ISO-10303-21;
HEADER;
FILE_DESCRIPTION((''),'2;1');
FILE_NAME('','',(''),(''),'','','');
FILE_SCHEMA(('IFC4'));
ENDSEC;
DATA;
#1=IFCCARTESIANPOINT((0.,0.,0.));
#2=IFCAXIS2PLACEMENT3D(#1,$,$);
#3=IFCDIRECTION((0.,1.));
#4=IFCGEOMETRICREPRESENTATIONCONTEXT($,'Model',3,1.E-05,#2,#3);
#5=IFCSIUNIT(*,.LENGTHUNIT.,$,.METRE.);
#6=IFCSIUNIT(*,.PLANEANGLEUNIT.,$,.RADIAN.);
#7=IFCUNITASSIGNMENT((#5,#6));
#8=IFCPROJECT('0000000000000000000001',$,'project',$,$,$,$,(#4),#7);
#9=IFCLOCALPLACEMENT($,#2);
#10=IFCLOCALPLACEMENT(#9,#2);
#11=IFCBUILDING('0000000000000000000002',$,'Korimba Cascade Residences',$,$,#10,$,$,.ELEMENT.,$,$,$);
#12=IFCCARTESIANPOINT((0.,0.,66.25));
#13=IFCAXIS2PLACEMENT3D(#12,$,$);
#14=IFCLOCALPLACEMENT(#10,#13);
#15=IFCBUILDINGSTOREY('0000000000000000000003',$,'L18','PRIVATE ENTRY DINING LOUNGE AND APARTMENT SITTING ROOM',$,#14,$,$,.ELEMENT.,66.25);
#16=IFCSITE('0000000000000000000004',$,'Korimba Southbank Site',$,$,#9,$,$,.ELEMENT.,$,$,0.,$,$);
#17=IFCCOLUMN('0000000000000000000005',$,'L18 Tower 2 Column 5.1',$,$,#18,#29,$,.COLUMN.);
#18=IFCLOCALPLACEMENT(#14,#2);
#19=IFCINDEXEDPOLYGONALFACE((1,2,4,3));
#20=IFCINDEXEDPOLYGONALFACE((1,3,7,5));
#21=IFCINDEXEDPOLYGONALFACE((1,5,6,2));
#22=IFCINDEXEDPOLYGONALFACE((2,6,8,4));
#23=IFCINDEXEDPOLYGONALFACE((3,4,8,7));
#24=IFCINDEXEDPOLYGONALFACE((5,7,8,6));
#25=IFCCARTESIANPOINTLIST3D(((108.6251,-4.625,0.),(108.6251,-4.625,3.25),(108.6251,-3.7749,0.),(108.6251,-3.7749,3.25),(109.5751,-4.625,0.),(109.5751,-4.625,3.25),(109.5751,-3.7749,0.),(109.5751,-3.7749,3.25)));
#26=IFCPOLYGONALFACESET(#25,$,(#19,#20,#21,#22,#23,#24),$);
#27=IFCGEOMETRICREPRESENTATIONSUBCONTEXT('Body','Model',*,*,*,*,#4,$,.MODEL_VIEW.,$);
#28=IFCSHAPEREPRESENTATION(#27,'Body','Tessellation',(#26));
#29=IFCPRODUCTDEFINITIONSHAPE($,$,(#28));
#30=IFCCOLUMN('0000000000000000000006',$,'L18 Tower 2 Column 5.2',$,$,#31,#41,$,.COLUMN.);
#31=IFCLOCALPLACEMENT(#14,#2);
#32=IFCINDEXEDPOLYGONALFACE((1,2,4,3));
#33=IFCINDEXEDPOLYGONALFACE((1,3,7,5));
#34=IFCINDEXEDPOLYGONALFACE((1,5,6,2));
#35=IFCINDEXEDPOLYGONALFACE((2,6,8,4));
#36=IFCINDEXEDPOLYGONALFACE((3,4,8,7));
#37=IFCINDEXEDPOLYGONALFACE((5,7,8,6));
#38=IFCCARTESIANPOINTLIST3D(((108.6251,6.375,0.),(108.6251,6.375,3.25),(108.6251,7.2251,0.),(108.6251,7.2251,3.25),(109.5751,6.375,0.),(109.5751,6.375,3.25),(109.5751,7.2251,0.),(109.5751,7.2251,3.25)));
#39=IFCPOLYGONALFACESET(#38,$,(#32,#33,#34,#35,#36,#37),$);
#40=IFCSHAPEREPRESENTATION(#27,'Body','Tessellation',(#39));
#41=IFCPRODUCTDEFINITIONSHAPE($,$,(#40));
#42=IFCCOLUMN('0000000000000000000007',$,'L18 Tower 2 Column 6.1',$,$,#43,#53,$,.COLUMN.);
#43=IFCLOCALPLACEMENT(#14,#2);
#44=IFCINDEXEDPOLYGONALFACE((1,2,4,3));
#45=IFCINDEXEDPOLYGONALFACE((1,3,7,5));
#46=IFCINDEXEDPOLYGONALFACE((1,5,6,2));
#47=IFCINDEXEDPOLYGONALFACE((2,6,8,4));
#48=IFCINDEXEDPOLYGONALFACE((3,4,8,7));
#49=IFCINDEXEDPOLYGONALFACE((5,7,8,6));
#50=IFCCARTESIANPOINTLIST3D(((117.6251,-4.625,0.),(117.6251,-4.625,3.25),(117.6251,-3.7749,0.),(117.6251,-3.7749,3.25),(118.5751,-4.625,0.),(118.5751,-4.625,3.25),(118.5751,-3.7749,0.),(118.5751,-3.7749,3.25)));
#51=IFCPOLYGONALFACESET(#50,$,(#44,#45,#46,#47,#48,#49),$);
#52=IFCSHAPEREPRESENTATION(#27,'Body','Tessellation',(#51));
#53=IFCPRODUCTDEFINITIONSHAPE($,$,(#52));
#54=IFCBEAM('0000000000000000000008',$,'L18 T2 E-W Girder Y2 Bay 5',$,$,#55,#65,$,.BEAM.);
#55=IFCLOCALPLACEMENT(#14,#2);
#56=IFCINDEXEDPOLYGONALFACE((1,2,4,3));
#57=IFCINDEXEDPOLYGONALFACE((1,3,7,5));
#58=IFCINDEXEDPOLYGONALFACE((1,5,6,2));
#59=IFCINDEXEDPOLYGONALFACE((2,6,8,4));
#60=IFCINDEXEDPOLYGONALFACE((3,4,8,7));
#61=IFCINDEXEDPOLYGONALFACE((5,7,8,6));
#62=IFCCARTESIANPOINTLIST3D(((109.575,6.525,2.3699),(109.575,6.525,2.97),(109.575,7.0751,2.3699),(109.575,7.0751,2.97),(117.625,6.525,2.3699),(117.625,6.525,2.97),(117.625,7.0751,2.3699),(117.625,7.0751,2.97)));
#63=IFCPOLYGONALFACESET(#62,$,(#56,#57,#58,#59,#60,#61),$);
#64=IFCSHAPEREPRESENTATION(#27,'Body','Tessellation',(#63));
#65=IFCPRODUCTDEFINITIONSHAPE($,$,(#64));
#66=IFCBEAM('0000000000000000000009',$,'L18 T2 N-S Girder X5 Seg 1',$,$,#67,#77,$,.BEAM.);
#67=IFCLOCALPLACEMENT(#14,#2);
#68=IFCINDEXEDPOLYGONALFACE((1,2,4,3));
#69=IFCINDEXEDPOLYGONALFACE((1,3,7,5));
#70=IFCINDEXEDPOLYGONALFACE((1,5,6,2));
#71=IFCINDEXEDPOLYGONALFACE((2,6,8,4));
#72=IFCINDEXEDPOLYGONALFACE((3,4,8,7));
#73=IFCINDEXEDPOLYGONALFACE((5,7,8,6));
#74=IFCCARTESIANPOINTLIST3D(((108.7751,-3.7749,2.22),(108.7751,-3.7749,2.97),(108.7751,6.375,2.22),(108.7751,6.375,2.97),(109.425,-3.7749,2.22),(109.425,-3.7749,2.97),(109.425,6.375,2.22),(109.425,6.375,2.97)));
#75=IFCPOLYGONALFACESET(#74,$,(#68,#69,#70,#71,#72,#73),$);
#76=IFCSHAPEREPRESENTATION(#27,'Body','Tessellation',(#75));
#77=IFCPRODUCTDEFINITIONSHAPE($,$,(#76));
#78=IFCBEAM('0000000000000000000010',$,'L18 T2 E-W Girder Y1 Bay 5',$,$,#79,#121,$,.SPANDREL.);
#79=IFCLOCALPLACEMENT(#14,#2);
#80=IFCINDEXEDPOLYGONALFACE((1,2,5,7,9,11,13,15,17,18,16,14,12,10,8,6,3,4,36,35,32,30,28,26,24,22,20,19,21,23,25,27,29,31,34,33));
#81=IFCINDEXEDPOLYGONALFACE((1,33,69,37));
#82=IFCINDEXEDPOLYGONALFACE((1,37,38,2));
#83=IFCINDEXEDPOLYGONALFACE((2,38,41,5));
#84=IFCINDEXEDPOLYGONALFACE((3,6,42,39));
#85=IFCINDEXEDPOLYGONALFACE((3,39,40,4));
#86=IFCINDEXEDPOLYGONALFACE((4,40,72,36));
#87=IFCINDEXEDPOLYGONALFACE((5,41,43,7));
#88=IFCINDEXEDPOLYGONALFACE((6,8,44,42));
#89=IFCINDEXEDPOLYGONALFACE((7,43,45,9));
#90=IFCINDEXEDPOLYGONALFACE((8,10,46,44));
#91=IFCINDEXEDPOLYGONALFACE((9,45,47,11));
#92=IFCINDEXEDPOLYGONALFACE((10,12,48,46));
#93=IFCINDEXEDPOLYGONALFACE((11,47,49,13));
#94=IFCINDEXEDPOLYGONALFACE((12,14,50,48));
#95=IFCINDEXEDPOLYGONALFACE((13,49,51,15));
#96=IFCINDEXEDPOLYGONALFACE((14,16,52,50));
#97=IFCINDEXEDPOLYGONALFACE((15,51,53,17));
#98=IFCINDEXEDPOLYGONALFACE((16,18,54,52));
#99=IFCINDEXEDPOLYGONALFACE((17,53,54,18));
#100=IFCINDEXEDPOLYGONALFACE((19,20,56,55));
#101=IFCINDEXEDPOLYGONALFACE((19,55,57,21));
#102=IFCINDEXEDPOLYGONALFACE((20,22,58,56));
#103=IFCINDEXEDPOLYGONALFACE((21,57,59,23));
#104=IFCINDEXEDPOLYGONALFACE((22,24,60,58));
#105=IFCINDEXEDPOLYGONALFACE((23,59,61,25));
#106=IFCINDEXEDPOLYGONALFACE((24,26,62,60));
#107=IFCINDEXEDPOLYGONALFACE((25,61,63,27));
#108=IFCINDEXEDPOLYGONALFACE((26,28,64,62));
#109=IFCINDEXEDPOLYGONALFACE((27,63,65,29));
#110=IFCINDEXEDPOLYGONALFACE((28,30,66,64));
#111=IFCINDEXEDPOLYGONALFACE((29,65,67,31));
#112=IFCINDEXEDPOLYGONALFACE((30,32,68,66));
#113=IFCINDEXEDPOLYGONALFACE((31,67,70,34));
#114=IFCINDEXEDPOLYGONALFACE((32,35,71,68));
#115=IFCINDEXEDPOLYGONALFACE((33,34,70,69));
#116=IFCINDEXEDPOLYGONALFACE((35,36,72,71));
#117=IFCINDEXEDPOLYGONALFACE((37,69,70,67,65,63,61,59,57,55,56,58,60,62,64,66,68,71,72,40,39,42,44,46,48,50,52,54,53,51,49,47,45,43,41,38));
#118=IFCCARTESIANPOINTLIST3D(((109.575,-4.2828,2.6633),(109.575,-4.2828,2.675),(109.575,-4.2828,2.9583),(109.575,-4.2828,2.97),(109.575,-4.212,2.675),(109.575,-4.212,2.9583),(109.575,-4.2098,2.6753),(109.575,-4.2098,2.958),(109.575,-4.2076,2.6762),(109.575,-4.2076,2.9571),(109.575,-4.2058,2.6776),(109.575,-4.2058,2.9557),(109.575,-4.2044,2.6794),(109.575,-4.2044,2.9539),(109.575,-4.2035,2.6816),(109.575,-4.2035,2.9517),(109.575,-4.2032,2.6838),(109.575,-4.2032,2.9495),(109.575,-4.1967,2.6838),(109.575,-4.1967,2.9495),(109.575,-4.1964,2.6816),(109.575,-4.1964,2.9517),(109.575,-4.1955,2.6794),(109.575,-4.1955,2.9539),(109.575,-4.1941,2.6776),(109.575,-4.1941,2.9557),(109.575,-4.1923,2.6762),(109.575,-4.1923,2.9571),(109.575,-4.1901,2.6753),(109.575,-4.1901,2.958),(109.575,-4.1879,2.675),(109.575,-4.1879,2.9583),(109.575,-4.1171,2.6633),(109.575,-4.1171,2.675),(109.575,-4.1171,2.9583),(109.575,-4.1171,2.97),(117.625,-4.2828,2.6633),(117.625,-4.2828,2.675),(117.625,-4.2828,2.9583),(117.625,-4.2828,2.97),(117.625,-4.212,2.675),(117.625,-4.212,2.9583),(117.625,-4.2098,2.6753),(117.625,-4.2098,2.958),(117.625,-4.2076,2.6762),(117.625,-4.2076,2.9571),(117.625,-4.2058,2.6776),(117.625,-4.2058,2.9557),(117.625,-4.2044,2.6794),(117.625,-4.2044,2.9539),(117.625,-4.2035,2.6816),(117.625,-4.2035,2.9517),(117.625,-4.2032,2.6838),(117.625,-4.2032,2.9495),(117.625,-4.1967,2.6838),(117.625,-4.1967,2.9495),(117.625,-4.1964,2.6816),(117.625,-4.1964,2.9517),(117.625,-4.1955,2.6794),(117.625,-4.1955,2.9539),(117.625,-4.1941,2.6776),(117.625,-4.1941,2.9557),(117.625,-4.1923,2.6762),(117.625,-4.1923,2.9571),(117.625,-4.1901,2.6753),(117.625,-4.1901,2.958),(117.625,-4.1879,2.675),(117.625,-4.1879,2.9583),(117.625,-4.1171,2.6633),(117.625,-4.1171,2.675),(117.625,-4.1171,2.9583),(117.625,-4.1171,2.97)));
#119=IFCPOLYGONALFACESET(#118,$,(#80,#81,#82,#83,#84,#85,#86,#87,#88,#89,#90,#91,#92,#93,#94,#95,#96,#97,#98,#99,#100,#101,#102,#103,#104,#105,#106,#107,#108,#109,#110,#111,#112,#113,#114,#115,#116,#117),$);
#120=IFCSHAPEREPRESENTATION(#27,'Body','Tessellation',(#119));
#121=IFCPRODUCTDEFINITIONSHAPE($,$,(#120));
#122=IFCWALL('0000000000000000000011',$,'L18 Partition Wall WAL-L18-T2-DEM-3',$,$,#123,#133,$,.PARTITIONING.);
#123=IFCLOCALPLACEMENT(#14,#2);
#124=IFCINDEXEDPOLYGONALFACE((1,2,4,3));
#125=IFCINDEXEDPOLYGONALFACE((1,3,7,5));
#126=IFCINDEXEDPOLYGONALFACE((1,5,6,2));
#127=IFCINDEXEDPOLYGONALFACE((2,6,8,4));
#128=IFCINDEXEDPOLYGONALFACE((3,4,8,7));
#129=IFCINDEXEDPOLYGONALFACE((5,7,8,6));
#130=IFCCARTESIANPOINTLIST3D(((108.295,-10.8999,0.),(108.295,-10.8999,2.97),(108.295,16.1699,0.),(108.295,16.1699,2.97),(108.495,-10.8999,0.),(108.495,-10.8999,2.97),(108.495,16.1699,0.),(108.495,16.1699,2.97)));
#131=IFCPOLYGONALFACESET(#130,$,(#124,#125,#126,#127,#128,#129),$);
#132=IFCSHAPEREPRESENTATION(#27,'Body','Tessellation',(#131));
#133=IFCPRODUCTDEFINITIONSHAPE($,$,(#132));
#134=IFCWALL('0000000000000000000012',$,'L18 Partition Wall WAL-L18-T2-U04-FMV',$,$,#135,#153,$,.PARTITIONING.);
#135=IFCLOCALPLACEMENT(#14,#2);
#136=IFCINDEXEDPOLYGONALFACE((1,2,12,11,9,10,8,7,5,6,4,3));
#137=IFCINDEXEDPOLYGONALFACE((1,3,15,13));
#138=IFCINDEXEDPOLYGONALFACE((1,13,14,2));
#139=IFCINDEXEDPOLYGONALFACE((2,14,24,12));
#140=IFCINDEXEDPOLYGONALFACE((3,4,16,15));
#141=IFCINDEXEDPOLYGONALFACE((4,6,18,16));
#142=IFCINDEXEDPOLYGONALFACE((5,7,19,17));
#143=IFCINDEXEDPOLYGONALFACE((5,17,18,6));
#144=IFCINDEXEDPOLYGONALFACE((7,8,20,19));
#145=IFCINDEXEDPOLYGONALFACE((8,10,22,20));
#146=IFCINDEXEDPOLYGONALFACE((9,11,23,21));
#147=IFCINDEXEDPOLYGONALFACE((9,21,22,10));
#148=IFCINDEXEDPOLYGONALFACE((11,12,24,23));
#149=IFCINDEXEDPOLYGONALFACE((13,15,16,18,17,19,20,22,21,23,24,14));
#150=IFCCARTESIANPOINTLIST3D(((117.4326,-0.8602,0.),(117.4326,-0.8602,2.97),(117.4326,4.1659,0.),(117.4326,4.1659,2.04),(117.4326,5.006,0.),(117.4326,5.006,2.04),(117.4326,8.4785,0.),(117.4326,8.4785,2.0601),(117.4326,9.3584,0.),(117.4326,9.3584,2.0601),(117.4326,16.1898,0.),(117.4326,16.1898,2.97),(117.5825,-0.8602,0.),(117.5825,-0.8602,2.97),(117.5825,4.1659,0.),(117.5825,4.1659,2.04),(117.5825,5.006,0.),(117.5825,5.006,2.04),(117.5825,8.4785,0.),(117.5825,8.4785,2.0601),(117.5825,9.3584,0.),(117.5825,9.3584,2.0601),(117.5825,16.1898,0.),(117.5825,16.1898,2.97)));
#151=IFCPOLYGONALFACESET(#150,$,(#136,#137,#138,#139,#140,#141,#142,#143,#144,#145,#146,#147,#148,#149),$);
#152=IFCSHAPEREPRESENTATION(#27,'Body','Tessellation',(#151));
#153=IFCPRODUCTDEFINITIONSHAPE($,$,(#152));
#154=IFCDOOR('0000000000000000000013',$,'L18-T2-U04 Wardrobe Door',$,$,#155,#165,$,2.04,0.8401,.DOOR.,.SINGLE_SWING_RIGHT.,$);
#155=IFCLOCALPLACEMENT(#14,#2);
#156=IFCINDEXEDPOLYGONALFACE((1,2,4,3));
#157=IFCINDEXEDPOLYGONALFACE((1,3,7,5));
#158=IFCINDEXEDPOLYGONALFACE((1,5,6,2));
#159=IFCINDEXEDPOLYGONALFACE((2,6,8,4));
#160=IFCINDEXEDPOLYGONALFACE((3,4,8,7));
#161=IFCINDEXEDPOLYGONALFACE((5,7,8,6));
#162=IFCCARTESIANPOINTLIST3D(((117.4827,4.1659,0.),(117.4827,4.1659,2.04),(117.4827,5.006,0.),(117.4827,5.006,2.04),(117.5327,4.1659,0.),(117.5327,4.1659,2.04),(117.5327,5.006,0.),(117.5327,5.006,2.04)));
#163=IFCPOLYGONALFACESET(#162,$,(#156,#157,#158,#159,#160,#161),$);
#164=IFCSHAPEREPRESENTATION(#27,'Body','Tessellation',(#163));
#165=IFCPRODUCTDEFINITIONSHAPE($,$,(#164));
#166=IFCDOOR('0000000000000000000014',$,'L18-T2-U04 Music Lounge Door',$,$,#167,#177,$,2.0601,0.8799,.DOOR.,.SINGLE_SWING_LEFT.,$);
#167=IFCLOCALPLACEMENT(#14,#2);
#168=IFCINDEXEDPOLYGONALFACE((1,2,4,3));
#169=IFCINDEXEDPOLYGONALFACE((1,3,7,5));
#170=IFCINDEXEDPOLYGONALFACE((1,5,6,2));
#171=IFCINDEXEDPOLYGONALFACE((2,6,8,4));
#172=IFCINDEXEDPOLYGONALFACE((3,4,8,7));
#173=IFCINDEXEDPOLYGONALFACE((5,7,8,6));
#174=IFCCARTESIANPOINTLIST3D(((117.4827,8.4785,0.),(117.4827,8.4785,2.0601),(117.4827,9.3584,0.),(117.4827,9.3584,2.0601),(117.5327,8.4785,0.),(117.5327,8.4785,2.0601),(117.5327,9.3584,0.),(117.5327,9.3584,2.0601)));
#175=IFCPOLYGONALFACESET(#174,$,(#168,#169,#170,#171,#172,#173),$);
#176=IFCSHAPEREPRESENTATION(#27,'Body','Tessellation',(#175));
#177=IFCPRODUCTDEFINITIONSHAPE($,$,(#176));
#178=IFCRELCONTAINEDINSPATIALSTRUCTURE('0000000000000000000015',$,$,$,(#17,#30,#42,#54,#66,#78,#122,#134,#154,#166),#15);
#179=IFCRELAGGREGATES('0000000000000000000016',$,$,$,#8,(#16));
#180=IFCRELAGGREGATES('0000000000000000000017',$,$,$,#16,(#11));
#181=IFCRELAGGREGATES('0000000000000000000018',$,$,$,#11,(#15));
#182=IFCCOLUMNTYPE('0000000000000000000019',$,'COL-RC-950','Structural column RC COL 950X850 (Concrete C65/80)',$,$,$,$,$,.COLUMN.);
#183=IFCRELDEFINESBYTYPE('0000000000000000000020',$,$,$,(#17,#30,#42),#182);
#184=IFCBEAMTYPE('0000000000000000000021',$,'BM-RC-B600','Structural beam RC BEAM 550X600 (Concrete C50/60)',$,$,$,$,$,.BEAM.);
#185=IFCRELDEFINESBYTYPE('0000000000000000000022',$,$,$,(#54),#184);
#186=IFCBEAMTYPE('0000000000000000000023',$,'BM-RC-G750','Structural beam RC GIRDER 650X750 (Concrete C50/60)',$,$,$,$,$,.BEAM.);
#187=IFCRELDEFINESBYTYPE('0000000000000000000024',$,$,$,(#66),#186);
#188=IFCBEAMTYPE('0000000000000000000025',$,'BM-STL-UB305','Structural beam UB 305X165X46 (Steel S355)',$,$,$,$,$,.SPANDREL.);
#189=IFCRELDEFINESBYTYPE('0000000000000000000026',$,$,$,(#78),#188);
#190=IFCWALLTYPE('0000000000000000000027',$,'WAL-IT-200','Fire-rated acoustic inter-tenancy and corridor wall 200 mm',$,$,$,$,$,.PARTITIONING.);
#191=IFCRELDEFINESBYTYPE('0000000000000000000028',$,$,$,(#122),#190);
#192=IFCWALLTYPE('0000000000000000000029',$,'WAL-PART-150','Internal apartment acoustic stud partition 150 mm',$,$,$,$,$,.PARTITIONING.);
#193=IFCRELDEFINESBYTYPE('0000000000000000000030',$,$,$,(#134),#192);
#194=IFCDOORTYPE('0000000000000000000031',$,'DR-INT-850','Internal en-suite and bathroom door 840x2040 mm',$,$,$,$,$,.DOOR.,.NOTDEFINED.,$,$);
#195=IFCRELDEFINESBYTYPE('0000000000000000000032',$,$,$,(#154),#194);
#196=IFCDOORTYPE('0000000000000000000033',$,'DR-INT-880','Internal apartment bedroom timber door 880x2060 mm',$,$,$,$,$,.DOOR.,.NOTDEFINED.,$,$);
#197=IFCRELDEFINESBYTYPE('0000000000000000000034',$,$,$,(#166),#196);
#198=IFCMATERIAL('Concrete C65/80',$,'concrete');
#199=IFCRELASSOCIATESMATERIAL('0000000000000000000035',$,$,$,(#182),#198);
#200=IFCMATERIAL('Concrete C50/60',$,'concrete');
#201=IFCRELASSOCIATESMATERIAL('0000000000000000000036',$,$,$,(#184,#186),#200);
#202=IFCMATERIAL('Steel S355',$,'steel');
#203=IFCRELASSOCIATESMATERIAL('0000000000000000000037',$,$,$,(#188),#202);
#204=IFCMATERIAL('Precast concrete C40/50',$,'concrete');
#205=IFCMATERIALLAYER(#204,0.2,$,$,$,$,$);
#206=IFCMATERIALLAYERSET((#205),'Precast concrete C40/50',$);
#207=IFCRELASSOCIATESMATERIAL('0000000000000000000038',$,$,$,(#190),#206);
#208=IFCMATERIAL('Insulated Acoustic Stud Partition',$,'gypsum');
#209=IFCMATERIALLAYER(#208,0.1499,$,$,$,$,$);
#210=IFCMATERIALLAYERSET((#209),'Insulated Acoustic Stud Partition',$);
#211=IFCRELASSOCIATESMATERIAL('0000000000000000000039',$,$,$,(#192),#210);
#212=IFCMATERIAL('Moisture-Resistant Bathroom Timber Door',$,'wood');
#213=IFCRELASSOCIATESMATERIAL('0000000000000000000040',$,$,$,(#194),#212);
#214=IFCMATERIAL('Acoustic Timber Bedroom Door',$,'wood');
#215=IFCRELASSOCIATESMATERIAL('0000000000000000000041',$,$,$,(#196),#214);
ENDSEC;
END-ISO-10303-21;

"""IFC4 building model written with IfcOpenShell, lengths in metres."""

from ifc_helpers import new_model, si_unit, direction, frame, frame_2d, origin, origin_2d, place, context, subcontext, project, spatial, rectangle, i_section, extrude, material, layer, layer_set, material_profile, profile_set, type_object, element, fill, save


model = new_model("IFC4")

# Units and contexts
model_context = context("Model", 3, precision=1e-05, world=origin(), true_north=direction((0.0, 1.0)))
body_context = subcontext(model_context, "Body", "Model", "MODEL_VIEW")
ifc_project = project(units=[si_unit("LENGTHUNIT", "METRE"), si_unit("PLANEANGLEUNIT", "RADIAN")], contexts=[model_context])

# Site, building, storey
site_placement = place(None, origin())
site = spatial("IfcSite", under=ifc_project, at=site_placement, Name="Korimba Southbank Site", CompositionType="ELEMENT", RefElevation=0.0)
building_placement = place(site_placement, origin())
building = spatial("IfcBuilding", under=site, at=building_placement, Name="Korimba Cascade Residences", CompositionType="ELEMENT")
storey_placement = place(building_placement, frame((0.0, 0.0, 66.25)))
storey = spatial("IfcBuildingStorey", under=building, at=storey_placement, Name="L18", Description="PRIVATE ENTRY DINING LOUNGE AND APARTMENT SITTING ROOM", CompositionType="ELEMENT", Elevation=66.25)

# Columns
ifc_material_1 = material(Name="Concrete C65/80", Category="concrete")
ifc_material_profile_1 = material_profile(ifc_material_1, rectangle(XDim=0.95, YDim=0.8501, at=origin_2d()), Name="Concrete C65/80")
ifc_profile_set_1 = profile_set([ifc_material_profile_1], Name="Concrete C65/80")
column_type = type_object("IfcColumnType", Name="COL-RC-950", Description="Structural column RC COL 950X850 (Concrete C65/80)", PredefinedType="COLUMN", material=ifc_profile_set_1)
for number, where, z_axis, x_axis, name in (
    (1, (109.1001, -4.2, 0.0), (0.0, 0.0, 1.0), (1.0, 0.0, 0.0), "L18 Tower 2 Column 5.1"),
    (2, (109.1001, 6.8, 0.0), (0.0, 0.0, 1.0), (1.0, 0.0, 0.0), "L18 Tower 2 Column 5.2"),
    (3, (118.1001, -4.2, 0.0), (0.0, 0.0, 1.0), (1.0, 0.0, 0.0), "L18 Tower 2 Column 6.1"),
):
    element("IfcColumn", number, at=place(storey_placement, frame(where, z_axis=z_axis, x_axis=x_axis)), inside=storey, type_object=column_type, Name=name, PredefinedType="COLUMN", context=body_context, shape_type="SweptSolid", body=[
        extrude(rectangle(XDim=0.95, YDim=0.8501, at=origin_2d()), origin(), (0.0, 0.0, 1.0), 3.25),
    ])

# Beams
ifc_material_2 = material(Name="Concrete C50/60", Category="concrete")
ifc_material_profile_2 = material_profile(ifc_material_2, rectangle(XDim=0.55, YDim=0.6001, at=origin_2d()), Name="Concrete C50/60")
ifc_profile_set_2 = profile_set([ifc_material_profile_2], Name="Concrete C50/60")
beam_type_1 = type_object("IfcBeamType", Name="BM-RC-B600", Description="Structural beam RC BEAM 550X600 (Concrete C50/60)", PredefinedType="BEAM", material=ifc_profile_set_2)
beam_1_placement = place(storey_placement, frame((109.575, 6.8, 2.6699), z_axis=(1.0, 0.0, 0.0), x_axis=(0.0, 1.0, 0.0)))
element("IfcBeam", 4, at=beam_1_placement, inside=storey, type_object=beam_type_1, Name="L18 T2 E-W Girder Y2 Bay 5", PredefinedType="BEAM", context=body_context, shape_type="SweptSolid", body=[
    extrude(rectangle(XDim=0.55, YDim=0.6001, at=origin_2d()), origin(), (0.0, 0.0, 1.0), 8.05),
])
ifc_material_profile_3 = material_profile(ifc_material_2, rectangle(XDim=0.6499, YDim=0.75, at=origin_2d()), Name="Concrete C50/60")
ifc_profile_set_3 = profile_set([ifc_material_profile_3], Name="Concrete C50/60")
beam_type_2 = type_object("IfcBeamType", Name="BM-RC-G750", Description="Structural beam RC GIRDER 650X750 (Concrete C50/60)", PredefinedType="BEAM", material=ifc_profile_set_3)
beam_2_placement = place(storey_placement, frame((109.1001, -3.7749, 2.595), z_axis=(0.0, 1.0, 0.0), x_axis=(-1.0, 0.0, 0.0)))
element("IfcBeam", 5, at=beam_2_placement, inside=storey, type_object=beam_type_2, Name="L18 T2 N-S Girder X5 Seg 1", PredefinedType="BEAM", context=body_context, shape_type="SweptSolid", body=[
    extrude(rectangle(XDim=0.6499, YDim=0.75, at=origin_2d()), origin(), (0.0, 0.0, 1.0), 10.1499),
])
ifc_material_3 = material(Name="Steel S355", Category="steel")
ifc_material_profile_4 = material_profile(ifc_material_3, i_section(OverallWidth=0.1658, OverallDepth=0.3066, WebThickness=0.0066, FlangeThickness=0.0117, FilletRadius=0.0088, at=origin_2d()), Name="Steel S355")
ifc_profile_set_4 = profile_set([ifc_material_profile_4], Name="Steel S355")
beam_type_3 = type_object("IfcBeamType", Name="BM-STL-UB305", Description="Structural beam UB 305X165X46 (Steel S355)", PredefinedType="SPANDREL", material=ifc_profile_set_4)
beam_3_placement = place(storey_placement, frame((109.575, -4.2, 2.8167), z_axis=(1.0, 0.0, 0.0), x_axis=(0.0, 1.0, 0.0)))
element("IfcBeam", 6, at=beam_3_placement, inside=storey, type_object=beam_type_3, Name="L18 T2 E-W Girder Y1 Bay 5", PredefinedType="SPANDREL", context=body_context, shape_type="SweptSolid", body=[
    extrude(i_section(OverallWidth=0.1658, OverallDepth=0.3066, WebThickness=0.0066, FlangeThickness=0.0117, FilletRadius=0.0088, at=origin_2d()), origin(), (0.0, 0.0, 1.0), 8.05),
])

# Wall
ifc_material_4 = material(Name="Precast concrete C40/50", Category="concrete")
ifc_layer_1 = layer(ifc_material_4, 0.2)
ifc_layer_set_1 = layer_set([ifc_layer_1], Name="Precast concrete C40/50")
wall_type_1 = type_object("IfcWallType", Name="WAL-IT-200", Description="Fire-rated acoustic inter-tenancy and corridor wall 200 mm", PredefinedType="PARTITIONING", material=ifc_layer_set_1)
wall_1_placement = place(storey_placement, frame((108.395, -10.8999, 0.0), z_axis=(0.0, 0.0, 1.0), x_axis=(0.0, 1.0, 0.0)))
element("IfcWall", 7, at=wall_1_placement, inside=storey, type_object=wall_type_1, Name="L18 Partition Wall WAL-L18-T2-DEM-3", PredefinedType="PARTITIONING", context=body_context, shape_type="SweptSolid", body=[
    extrude(rectangle(XDim=27.0698, YDim=0.2, at=frame_2d((13.5349, 0.0))), origin(), (0.0, 0.0, 1.0), 2.97),
])

# Wall, openings, doors
ifc_material_5 = material(Name="Insulated Acoustic Stud Partition", Category="gypsum")
ifc_layer_2 = layer(ifc_material_5, 0.1499)
ifc_layer_set_2 = layer_set([ifc_layer_2], Name="Insulated Acoustic Stud Partition")
wall_type_2 = type_object("IfcWallType", Name="WAL-PART-150", Description="Internal apartment acoustic stud partition 150 mm", PredefinedType="PARTITIONING", material=ifc_layer_set_2)
wall_2_placement = place(storey_placement, frame((117.5076, -0.8601, 0.0), z_axis=(0.0, 0.0, 1.0), x_axis=(0.0, 1.0, 0.0)))
wall_2 = element("IfcWall", 8, at=wall_2_placement, inside=storey, type_object=wall_type_2, Name="L18 Partition Wall WAL-L18-T2-U04-FMV", PredefinedType="PARTITIONING", context=body_context, shape_type="SweptSolid", body=[
    extrude(rectangle(XDim=17.05, YDim=0.1499, at=frame_2d((8.5249, 0.0))), origin(), (0.0, 0.0, 1.0), 2.97),
])
opening_1_placement = place(wall_2_placement, frame((5.0261, 0.0, 0.0)))
opening_1 = element("IfcOpeningElement", 9, at=opening_1_placement, cuts=wall_2, PredefinedType="OPENING", context=body_context, shape_type="SweptSolid", body=[
    extrude(rectangle(XDim=0.8401, YDim=2.04, at=frame_2d((0.4199, 1.02))), frame((0.0, 0.085, 0.0), z_axis=(0.0, -1.0, 0.0), x_axis=(1.0, 0.0, 0.0)), (0.0, 0.0, 1.0), 0.1699),
])
opening_2_placement = place(wall_2_placement, frame((9.3386, 0.0, 0.0)))
opening_2 = element("IfcOpeningElement", 10, at=opening_2_placement, cuts=wall_2, PredefinedType="OPENING", context=body_context, shape_type="SweptSolid", body=[
    extrude(rectangle(XDim=0.8799, YDim=2.0601, at=frame_2d((0.4399, 1.03))), frame((0.0, 0.085, 0.0), z_axis=(0.0, -1.0, 0.0), x_axis=(1.0, 0.0, 0.0)), (0.0, 0.0, 1.0), 0.1699),
])
ifc_material_6 = material(Name="Moisture-Resistant Bathroom Timber Door", Category="wood")
door_type_1 = type_object("IfcDoorType", Name="DR-INT-850", Description="Internal en-suite and bathroom door 840x2040 mm", OperationType="NOTDEFINED", PredefinedType="DOOR", material=ifc_material_6)
door_1_placement = place(opening_1_placement, origin())
door_1 = element("IfcDoor", 11, at=door_1_placement, inside=storey, type_object=door_type_1, Name="L18-T2-U04 Wardrobe Door", OperationType="SINGLE_SWING_RIGHT", OverallHeight=2.04, OverallWidth=0.8401, PredefinedType="DOOR", context=body_context, shape_type="SweptSolid", body=[
    extrude(rectangle(XDim=0.8401, YDim=2.04, at=frame_2d((0.4199, 1.02))), frame((0.0, 0.0249, 0.0), z_axis=(0.0, -1.0, 0.0), x_axis=(1.0, 0.0, 0.0)), (0.0, 0.0, 1.0), 0.05),
])
fill(opening_1, door_1)
ifc_material_7 = material(Name="Acoustic Timber Bedroom Door", Category="wood")
door_type_2 = type_object("IfcDoorType", Name="DR-INT-880", Description="Internal apartment bedroom timber door 880x2060 mm", OperationType="NOTDEFINED", PredefinedType="DOOR", material=ifc_material_7)
door_2_placement = place(opening_2_placement, origin())
door_2 = element("IfcDoor", 12, at=door_2_placement, inside=storey, type_object=door_type_2, Name="L18-T2-U04 Music Lounge Door", OperationType="SINGLE_SWING_LEFT", OverallHeight=2.0601, OverallWidth=0.8799, PredefinedType="DOOR", context=body_context, shape_type="SweptSolid", body=[
    extrude(rectangle(XDim=0.8799, YDim=2.0601, at=frame_2d((0.4399, 1.03))), frame((0.0, 0.0249, 0.0), z_axis=(0.0, -1.0, 0.0), x_axis=(1.0, 0.0, 0.0)), (0.0, 0.0, 1.0), 0.05),
])
fill(opening_2, door_2)

save(model, "model.ifc")
